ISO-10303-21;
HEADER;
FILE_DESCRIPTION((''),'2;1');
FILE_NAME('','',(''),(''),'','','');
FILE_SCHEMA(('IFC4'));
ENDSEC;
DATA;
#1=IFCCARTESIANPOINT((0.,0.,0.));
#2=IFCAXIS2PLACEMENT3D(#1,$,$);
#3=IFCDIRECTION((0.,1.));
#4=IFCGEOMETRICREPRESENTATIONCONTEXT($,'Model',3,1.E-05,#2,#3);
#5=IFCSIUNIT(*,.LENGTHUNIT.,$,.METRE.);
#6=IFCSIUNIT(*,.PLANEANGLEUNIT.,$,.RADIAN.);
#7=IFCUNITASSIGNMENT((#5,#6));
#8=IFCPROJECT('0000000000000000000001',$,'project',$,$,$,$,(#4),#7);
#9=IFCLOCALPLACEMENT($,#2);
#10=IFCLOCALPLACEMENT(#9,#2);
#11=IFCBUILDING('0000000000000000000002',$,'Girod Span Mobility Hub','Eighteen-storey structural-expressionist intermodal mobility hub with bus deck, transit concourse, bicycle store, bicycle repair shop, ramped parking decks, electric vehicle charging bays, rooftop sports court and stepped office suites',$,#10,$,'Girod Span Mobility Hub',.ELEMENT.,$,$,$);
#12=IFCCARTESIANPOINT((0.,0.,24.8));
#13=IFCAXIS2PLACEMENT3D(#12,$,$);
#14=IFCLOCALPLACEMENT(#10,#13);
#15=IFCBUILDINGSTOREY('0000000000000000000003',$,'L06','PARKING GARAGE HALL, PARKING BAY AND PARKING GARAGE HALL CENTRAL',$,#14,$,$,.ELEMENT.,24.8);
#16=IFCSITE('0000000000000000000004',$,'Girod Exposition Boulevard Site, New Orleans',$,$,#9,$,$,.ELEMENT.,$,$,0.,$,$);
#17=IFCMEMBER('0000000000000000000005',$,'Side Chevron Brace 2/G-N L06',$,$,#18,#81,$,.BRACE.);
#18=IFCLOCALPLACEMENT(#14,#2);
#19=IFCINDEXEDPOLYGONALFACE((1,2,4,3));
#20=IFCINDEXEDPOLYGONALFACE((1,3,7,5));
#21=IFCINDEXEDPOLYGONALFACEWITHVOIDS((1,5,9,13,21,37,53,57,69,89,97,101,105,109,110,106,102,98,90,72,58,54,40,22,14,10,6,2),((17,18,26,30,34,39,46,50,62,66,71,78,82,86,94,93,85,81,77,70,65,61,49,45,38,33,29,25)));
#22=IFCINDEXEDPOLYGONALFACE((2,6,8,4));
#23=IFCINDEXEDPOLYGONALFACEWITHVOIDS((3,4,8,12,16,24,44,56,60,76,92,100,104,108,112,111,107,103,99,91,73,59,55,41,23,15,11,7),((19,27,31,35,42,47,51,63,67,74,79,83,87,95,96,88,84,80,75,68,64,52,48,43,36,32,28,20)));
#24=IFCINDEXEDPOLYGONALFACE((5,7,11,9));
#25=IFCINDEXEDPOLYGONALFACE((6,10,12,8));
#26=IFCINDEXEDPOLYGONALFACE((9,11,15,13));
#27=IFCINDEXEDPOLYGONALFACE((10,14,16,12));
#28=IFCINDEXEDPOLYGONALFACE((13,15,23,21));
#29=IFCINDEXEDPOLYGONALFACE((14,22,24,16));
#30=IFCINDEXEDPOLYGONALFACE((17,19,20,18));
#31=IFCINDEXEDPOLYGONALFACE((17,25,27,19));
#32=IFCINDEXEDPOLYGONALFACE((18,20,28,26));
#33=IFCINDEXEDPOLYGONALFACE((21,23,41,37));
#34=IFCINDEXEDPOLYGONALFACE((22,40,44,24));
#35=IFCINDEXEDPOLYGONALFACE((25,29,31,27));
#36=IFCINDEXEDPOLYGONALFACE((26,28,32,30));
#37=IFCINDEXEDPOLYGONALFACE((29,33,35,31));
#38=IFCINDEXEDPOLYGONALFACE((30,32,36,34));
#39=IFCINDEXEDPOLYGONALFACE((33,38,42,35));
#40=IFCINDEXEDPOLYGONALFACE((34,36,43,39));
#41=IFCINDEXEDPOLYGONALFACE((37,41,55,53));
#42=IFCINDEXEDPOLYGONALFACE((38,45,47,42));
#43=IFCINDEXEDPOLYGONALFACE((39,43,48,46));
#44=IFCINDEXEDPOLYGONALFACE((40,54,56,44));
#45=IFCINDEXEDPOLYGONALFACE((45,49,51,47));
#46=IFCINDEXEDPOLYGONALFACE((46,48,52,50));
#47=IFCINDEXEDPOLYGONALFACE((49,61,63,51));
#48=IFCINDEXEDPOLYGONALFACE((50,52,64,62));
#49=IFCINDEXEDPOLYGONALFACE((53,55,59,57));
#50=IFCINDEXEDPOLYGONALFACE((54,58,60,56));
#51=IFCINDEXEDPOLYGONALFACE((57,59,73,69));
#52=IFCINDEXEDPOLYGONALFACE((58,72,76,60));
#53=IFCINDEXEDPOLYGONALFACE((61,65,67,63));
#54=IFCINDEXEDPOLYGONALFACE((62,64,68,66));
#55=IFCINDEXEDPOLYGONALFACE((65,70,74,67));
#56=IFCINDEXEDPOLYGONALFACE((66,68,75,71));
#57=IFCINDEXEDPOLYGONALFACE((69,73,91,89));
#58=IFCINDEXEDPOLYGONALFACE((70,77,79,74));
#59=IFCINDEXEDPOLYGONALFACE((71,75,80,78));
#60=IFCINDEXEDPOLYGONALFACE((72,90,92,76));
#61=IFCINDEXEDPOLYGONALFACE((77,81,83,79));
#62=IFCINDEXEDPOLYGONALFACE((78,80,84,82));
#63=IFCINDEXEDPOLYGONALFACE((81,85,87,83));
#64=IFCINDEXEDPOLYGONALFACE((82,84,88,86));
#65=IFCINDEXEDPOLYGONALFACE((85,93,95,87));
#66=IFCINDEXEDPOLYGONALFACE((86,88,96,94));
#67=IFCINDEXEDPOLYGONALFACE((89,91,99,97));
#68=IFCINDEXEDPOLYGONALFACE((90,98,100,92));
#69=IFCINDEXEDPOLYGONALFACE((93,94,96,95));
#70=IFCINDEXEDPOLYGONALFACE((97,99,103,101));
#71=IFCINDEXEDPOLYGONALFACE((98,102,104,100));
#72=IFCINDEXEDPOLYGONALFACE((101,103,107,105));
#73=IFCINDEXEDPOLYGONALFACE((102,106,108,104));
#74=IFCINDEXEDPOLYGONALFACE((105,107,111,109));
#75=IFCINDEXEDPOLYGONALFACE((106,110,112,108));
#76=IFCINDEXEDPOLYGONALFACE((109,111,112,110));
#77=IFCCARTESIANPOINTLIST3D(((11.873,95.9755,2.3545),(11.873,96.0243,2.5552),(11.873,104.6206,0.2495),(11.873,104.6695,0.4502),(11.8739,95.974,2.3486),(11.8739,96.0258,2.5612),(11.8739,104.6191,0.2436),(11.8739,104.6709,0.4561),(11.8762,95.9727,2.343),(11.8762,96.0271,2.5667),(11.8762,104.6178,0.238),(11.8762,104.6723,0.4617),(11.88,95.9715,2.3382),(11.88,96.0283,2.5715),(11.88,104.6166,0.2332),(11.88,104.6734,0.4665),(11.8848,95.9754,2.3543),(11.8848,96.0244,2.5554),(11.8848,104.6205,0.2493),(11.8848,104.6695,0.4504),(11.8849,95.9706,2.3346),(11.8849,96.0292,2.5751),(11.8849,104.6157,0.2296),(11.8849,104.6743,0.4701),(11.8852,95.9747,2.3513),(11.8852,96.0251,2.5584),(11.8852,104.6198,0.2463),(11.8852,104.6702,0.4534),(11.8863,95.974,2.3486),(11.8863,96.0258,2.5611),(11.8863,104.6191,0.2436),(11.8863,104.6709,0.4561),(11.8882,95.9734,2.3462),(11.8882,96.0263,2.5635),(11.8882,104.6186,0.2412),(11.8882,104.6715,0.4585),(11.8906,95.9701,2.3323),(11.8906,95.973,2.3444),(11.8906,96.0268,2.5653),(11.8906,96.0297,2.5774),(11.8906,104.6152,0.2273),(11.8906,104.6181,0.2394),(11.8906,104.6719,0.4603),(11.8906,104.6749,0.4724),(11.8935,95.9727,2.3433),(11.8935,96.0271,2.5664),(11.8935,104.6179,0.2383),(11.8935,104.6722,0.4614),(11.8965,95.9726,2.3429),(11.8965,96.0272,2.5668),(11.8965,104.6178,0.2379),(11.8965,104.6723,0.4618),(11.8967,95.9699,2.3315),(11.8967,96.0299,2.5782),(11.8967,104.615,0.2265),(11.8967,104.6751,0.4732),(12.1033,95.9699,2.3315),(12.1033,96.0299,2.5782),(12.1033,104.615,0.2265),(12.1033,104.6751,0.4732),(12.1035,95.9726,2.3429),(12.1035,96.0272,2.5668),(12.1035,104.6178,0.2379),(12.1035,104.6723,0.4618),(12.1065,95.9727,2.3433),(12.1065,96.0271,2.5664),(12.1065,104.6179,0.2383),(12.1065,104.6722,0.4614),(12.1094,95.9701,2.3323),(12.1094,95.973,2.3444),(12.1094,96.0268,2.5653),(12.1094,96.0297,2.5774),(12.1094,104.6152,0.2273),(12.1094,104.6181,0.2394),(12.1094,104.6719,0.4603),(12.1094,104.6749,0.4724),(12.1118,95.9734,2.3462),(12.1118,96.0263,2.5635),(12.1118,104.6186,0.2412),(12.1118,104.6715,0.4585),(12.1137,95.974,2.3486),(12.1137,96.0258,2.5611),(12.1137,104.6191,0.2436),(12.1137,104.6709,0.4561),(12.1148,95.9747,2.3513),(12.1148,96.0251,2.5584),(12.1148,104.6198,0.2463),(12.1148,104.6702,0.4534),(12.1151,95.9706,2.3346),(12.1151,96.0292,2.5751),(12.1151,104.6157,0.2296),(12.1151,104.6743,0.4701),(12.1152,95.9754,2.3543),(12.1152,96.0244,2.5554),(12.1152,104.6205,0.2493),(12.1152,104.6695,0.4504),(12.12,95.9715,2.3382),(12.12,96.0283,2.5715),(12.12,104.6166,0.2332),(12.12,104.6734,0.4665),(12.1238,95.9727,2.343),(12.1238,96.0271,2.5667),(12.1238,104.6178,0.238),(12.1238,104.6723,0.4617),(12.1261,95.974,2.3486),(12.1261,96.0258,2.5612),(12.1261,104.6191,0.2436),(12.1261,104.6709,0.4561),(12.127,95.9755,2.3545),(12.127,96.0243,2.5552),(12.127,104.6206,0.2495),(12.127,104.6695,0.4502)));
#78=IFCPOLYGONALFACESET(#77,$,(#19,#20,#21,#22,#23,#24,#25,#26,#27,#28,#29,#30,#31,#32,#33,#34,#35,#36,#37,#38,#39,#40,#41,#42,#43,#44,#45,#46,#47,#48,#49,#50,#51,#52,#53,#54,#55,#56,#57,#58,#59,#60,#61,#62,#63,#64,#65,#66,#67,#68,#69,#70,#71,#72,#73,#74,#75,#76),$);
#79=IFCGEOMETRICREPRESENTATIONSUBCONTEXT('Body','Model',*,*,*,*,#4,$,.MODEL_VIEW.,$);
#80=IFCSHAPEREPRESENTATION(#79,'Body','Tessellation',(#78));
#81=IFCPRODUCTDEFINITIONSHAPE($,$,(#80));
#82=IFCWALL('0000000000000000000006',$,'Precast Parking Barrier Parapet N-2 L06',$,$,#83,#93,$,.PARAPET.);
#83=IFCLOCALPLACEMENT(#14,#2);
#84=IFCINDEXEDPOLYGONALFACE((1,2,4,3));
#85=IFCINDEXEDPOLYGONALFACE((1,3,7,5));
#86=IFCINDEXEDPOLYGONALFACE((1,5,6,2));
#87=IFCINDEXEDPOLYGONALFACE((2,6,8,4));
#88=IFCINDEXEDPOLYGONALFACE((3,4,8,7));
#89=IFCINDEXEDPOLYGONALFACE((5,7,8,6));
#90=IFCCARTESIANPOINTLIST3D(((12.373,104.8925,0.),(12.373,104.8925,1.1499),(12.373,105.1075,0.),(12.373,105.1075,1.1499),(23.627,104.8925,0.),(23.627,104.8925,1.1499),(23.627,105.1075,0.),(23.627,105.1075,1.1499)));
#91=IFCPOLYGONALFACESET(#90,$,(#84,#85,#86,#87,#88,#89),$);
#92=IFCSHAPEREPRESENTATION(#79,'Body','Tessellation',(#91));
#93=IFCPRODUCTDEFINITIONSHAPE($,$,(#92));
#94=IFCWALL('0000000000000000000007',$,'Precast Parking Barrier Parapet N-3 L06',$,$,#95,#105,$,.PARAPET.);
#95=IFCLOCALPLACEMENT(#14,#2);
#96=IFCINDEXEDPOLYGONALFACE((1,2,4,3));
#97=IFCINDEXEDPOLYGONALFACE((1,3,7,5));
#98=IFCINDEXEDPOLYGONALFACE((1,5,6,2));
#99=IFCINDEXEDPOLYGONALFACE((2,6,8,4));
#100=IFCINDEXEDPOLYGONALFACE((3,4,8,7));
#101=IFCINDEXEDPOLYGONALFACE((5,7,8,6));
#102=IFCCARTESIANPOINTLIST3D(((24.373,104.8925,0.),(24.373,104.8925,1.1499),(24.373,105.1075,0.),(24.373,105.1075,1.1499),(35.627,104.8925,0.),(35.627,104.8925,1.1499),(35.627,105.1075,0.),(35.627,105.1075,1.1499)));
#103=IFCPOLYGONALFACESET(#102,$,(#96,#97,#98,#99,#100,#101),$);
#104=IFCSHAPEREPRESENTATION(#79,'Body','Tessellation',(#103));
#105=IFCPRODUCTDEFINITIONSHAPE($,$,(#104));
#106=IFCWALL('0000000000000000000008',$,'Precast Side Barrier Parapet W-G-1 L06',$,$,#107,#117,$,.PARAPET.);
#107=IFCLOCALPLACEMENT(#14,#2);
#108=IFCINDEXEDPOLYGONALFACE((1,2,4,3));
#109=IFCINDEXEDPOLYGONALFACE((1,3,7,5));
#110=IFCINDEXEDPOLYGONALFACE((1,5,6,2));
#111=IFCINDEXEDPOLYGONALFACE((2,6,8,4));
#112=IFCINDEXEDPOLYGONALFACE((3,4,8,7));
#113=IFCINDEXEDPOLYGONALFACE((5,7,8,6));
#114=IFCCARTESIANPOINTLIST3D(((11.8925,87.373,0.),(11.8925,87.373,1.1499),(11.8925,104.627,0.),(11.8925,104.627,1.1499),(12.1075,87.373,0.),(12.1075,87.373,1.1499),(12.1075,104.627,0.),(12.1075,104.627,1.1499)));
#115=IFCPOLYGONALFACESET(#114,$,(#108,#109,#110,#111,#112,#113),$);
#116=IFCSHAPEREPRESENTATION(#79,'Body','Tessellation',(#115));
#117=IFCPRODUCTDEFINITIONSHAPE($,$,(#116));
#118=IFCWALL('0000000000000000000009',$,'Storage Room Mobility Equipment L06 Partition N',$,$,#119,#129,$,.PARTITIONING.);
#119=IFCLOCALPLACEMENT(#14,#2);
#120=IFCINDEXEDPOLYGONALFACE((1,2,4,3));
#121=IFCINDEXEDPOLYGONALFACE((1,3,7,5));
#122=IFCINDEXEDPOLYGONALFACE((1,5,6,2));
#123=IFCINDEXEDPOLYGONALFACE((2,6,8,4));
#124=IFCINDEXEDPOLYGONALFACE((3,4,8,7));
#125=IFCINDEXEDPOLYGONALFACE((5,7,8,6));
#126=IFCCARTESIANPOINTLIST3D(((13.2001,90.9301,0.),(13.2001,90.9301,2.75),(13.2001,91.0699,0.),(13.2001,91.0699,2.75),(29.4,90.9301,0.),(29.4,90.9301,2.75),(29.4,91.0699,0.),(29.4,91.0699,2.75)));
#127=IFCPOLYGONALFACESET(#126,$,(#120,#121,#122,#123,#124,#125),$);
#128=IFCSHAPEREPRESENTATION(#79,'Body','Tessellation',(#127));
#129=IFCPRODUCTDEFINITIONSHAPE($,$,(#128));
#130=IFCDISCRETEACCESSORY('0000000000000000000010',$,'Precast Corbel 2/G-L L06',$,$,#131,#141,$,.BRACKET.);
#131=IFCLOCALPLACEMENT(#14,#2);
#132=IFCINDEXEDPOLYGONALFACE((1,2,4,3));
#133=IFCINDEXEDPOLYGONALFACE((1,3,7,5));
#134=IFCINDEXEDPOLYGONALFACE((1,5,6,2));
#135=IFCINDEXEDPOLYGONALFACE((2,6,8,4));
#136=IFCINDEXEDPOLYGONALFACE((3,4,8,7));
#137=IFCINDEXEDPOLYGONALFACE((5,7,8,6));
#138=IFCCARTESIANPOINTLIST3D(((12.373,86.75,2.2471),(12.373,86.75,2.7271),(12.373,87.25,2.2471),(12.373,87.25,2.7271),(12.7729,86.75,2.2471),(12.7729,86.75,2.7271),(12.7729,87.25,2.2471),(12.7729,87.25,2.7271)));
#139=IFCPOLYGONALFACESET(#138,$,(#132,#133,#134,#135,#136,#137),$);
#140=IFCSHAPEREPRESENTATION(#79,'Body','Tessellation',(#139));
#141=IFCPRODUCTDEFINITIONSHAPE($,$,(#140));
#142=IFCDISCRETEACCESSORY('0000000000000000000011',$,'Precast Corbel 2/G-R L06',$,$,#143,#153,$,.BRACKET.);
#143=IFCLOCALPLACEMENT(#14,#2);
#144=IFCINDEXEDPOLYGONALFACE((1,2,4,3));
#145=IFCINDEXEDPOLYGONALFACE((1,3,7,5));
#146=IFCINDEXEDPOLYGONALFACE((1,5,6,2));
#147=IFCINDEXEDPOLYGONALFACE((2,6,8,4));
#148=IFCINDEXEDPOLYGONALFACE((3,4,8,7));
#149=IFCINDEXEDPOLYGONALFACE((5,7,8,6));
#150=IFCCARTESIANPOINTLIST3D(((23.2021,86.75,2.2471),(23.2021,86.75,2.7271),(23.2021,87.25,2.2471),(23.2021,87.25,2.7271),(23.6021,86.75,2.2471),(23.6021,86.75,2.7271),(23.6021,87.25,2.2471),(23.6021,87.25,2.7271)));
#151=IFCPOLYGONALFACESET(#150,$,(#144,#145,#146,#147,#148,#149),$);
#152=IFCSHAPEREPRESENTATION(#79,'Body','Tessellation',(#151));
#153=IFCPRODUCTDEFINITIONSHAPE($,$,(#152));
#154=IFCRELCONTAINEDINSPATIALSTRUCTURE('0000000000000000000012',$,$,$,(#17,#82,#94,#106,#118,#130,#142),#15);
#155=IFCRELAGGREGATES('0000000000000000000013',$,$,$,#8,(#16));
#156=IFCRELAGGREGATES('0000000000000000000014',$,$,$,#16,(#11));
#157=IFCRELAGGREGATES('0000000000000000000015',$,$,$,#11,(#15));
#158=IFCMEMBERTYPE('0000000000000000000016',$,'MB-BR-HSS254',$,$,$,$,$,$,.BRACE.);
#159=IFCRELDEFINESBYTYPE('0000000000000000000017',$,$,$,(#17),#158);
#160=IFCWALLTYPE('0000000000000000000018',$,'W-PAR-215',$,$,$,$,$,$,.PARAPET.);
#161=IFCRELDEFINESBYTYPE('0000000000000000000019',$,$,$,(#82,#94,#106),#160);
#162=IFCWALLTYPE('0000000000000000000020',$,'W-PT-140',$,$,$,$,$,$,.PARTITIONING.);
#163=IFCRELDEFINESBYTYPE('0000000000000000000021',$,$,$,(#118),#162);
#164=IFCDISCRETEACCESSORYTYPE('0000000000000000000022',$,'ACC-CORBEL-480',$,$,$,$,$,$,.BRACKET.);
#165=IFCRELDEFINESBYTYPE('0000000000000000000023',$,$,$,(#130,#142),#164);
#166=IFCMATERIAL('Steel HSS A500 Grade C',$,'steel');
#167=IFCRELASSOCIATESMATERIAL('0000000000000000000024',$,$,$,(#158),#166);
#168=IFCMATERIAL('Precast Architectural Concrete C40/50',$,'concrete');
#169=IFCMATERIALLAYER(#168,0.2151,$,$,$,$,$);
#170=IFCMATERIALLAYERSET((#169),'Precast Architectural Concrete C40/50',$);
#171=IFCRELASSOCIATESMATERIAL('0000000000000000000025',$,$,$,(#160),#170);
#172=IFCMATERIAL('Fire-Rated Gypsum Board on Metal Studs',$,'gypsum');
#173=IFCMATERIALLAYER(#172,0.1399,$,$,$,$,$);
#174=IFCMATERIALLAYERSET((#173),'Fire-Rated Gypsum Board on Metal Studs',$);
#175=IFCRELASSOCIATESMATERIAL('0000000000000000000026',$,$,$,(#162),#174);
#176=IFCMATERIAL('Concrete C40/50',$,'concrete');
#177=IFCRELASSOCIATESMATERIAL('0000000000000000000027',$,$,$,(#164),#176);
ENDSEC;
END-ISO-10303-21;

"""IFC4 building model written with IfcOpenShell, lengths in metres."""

from ifc_helpers import new_model, si_unit, direction, frame, frame_2d, origin, origin_2d, place, context, subcontext, project, spatial, rectangle, hollow_rectangle, extrude, material, layer, layer_set, material_profile, profile_set, type_object, element, save


model = new_model("IFC4")

# Units and contexts
model_context = context("Model", 3, precision=1e-05, world=origin(), true_north=direction((0.0, 1.0)))
body_context = subcontext(model_context, "Body", "Model", "MODEL_VIEW")
ifc_project = project(units=[si_unit("LENGTHUNIT", "METRE"), si_unit("PLANEANGLEUNIT", "RADIAN")], contexts=[model_context])

# Site, building, storey
site_placement = place(None, origin())
site = spatial("IfcSite", under=ifc_project, at=site_placement, Name="Girod Exposition Boulevard Site, New Orleans", CompositionType="ELEMENT", RefElevation=0.0)
building_placement = place(site_placement, origin())
building = spatial("IfcBuilding", under=site, at=building_placement, Name="Girod Span Mobility Hub", Description="Eighteen-storey structural-expressionist intermodal mobility hub with bus deck, transit concourse, bicycle store, bicycle repair shop, ramped parking decks, electric vehicle charging bays, rooftop sports court and stepped office suites", LongName="Girod Span Mobility Hub", CompositionType="ELEMENT")
storey_placement = place(building_placement, frame((0.0, 0.0, 24.8)))
storey = spatial("IfcBuildingStorey", under=building, at=storey_placement, Name="L06", Description="PARKING GARAGE HALL, PARKING BAY AND PARKING GARAGE HALL CENTRAL", CompositionType="ELEMENT", Elevation=24.8)

# Member
ifc_material_1 = material(Name="Steel HSS A500 Grade C", Category="steel")
ifc_material_profile_1 = material_profile(ifc_material_1, hollow_rectangle(XDim=0.2539, YDim=0.2539, WallThickness=0.0117, InnerFilletRadius=0.0117, OuterFilletRadius=0.0237, at=origin_2d()), Name="HSS254X254X12.7")
ifc_profile_set_1 = profile_set([ifc_material_profile_1], Name="Steel HSS A500 Grade C")
member_type = type_object("IfcMemberType", Name="MB-BR-HSS254", PredefinedType="BRACE", material=ifc_profile_set_1)
for number, where, z_axis, x_axis, name in (
    (1, (12.0, 104.645, 0.3499), (0.0, -0.971612, 0.236578), (1.0, 0.0, 0.0), "Side Chevron Brace 2/G-N L06"),
):
    element("IfcMember", number, at=place(storey_placement, frame(where, z_axis=z_axis, x_axis=x_axis)), inside=storey, type_object=member_type, Name=name, PredefinedType="BRACE", context=body_context, shape_type="SweptSolid", body=[
        extrude(hollow_rectangle(XDim=0.2539, YDim=0.2539, WallThickness=0.0117, InnerFilletRadius=0.0117, OuterFilletRadius=0.0237, at=origin_2d()), origin(), (0.0, 0.0, 1.0), 8.8977),
    ])

# Walls
ifc_material_2 = material(Name="Precast Architectural Concrete C40/50", Category="concrete")
ifc_layer_1 = layer(ifc_material_2, 0.2151)
ifc_layer_set_1 = layer_set([ifc_layer_1], Name="Precast Architectural Concrete C40/50")
wall_type_1 = type_object("IfcWallType", Name="W-PAR-215", PredefinedType="PARAPET", material=ifc_layer_set_1)
for number, where, z_axis, x_axis, name in (
    (2, (12.373, 105.0, 0.0), (0.0, 0.0, 1.0), (1.0, 0.0, 0.0), "Precast Parking Barrier Parapet N-2 L06"),
    (3, (24.373, 105.0, 0.0), (0.0, 0.0, 1.0), (1.0, 0.0, 0.0), "Precast Parking Barrier Parapet N-3 L06"),
):
    element("IfcWall", number, at=place(storey_placement, frame(where, z_axis=z_axis, x_axis=x_axis)), inside=storey, type_object=wall_type_1, Name=name, PredefinedType="PARAPET", context=body_context, shape_type="SweptSolid", body=[
        extrude(rectangle(XDim=11.2539, YDim=0.2151, at=frame_2d((5.627, 0.0))), origin(), (0.0, 0.0, 1.0), 1.1499),
    ])
wall_1_placement = place(storey_placement, frame((12.0, 87.373, 0.0), z_axis=(0.0, 0.0, 1.0), x_axis=(0.0, 1.0, 0.0)))
element("IfcWall", 4, at=wall_1_placement, inside=storey, type_object=wall_type_1, Name="Precast Side Barrier Parapet W-G-1 L06", PredefinedType="PARAPET", context=body_context, shape_type="SweptSolid", body=[
    extrude(rectangle(XDim=17.2539, YDim=0.2151, at=frame_2d((8.627, 0.0))), origin(), (0.0, 0.0, 1.0), 1.1499),
])
ifc_material_3 = material(Name="Fire-Rated Gypsum Board on Metal Studs", Category="gypsum")
ifc_layer_2 = layer(ifc_material_3, 0.1399)
ifc_layer_set_2 = layer_set([ifc_layer_2], Name="Fire-Rated Gypsum Board on Metal Studs")
wall_type_2 = type_object("IfcWallType", Name="W-PT-140", PredefinedType="PARTITIONING", material=ifc_layer_set_2)
wall_2_placement = place(storey_placement, frame((13.2, 91.0, 0.0), z_axis=(0.0, 0.0, 1.0), x_axis=(1.0, 0.0, 0.0)))
element("IfcWall", 5, at=wall_2_placement, inside=storey, type_object=wall_type_2, Name="Storage Room Mobility Equipment L06 Partition N", PredefinedType="PARTITIONING", context=body_context, shape_type="SweptSolid", body=[
    extrude(rectangle(XDim=16.2, YDim=0.1399, at=frame_2d((8.1001, 0.0))), origin(), (0.0, 0.0, 1.0), 2.75),
])

# Discrete accessories
ifc_material_4 = material(Name="Concrete C40/50", Category="concrete")
discrete_accessory_type = type_object("IfcDiscreteAccessoryType", Name="ACC-CORBEL-480", PredefinedType="BRACKET", material=ifc_material_4)
for number, where, z_axis, x_axis, name in (
    (6, (12.573, 87.0, 2.2471), (0.0, 0.0, 1.0), (1.0, 0.0, 0.0), "Precast Corbel 2/G-L L06"),
    (7, (23.4021, 87.0, 2.2471), (0.0, 0.0, 1.0), (1.0, 0.0, 0.0), "Precast Corbel 2/G-R L06"),
):
    element("IfcDiscreteAccessory", number, at=place(storey_placement, frame(where, z_axis=z_axis, x_axis=x_axis)), inside=storey, type_object=discrete_accessory_type, Name=name, PredefinedType="BRACKET", context=body_context, shape_type="SweptSolid", body=[
        extrude(rectangle(XDim=0.3999, YDim=0.5, at=origin_2d()), origin(), (0.0, 0.0, 1.0), 0.48),
    ])

save(model, "model.ifc")
